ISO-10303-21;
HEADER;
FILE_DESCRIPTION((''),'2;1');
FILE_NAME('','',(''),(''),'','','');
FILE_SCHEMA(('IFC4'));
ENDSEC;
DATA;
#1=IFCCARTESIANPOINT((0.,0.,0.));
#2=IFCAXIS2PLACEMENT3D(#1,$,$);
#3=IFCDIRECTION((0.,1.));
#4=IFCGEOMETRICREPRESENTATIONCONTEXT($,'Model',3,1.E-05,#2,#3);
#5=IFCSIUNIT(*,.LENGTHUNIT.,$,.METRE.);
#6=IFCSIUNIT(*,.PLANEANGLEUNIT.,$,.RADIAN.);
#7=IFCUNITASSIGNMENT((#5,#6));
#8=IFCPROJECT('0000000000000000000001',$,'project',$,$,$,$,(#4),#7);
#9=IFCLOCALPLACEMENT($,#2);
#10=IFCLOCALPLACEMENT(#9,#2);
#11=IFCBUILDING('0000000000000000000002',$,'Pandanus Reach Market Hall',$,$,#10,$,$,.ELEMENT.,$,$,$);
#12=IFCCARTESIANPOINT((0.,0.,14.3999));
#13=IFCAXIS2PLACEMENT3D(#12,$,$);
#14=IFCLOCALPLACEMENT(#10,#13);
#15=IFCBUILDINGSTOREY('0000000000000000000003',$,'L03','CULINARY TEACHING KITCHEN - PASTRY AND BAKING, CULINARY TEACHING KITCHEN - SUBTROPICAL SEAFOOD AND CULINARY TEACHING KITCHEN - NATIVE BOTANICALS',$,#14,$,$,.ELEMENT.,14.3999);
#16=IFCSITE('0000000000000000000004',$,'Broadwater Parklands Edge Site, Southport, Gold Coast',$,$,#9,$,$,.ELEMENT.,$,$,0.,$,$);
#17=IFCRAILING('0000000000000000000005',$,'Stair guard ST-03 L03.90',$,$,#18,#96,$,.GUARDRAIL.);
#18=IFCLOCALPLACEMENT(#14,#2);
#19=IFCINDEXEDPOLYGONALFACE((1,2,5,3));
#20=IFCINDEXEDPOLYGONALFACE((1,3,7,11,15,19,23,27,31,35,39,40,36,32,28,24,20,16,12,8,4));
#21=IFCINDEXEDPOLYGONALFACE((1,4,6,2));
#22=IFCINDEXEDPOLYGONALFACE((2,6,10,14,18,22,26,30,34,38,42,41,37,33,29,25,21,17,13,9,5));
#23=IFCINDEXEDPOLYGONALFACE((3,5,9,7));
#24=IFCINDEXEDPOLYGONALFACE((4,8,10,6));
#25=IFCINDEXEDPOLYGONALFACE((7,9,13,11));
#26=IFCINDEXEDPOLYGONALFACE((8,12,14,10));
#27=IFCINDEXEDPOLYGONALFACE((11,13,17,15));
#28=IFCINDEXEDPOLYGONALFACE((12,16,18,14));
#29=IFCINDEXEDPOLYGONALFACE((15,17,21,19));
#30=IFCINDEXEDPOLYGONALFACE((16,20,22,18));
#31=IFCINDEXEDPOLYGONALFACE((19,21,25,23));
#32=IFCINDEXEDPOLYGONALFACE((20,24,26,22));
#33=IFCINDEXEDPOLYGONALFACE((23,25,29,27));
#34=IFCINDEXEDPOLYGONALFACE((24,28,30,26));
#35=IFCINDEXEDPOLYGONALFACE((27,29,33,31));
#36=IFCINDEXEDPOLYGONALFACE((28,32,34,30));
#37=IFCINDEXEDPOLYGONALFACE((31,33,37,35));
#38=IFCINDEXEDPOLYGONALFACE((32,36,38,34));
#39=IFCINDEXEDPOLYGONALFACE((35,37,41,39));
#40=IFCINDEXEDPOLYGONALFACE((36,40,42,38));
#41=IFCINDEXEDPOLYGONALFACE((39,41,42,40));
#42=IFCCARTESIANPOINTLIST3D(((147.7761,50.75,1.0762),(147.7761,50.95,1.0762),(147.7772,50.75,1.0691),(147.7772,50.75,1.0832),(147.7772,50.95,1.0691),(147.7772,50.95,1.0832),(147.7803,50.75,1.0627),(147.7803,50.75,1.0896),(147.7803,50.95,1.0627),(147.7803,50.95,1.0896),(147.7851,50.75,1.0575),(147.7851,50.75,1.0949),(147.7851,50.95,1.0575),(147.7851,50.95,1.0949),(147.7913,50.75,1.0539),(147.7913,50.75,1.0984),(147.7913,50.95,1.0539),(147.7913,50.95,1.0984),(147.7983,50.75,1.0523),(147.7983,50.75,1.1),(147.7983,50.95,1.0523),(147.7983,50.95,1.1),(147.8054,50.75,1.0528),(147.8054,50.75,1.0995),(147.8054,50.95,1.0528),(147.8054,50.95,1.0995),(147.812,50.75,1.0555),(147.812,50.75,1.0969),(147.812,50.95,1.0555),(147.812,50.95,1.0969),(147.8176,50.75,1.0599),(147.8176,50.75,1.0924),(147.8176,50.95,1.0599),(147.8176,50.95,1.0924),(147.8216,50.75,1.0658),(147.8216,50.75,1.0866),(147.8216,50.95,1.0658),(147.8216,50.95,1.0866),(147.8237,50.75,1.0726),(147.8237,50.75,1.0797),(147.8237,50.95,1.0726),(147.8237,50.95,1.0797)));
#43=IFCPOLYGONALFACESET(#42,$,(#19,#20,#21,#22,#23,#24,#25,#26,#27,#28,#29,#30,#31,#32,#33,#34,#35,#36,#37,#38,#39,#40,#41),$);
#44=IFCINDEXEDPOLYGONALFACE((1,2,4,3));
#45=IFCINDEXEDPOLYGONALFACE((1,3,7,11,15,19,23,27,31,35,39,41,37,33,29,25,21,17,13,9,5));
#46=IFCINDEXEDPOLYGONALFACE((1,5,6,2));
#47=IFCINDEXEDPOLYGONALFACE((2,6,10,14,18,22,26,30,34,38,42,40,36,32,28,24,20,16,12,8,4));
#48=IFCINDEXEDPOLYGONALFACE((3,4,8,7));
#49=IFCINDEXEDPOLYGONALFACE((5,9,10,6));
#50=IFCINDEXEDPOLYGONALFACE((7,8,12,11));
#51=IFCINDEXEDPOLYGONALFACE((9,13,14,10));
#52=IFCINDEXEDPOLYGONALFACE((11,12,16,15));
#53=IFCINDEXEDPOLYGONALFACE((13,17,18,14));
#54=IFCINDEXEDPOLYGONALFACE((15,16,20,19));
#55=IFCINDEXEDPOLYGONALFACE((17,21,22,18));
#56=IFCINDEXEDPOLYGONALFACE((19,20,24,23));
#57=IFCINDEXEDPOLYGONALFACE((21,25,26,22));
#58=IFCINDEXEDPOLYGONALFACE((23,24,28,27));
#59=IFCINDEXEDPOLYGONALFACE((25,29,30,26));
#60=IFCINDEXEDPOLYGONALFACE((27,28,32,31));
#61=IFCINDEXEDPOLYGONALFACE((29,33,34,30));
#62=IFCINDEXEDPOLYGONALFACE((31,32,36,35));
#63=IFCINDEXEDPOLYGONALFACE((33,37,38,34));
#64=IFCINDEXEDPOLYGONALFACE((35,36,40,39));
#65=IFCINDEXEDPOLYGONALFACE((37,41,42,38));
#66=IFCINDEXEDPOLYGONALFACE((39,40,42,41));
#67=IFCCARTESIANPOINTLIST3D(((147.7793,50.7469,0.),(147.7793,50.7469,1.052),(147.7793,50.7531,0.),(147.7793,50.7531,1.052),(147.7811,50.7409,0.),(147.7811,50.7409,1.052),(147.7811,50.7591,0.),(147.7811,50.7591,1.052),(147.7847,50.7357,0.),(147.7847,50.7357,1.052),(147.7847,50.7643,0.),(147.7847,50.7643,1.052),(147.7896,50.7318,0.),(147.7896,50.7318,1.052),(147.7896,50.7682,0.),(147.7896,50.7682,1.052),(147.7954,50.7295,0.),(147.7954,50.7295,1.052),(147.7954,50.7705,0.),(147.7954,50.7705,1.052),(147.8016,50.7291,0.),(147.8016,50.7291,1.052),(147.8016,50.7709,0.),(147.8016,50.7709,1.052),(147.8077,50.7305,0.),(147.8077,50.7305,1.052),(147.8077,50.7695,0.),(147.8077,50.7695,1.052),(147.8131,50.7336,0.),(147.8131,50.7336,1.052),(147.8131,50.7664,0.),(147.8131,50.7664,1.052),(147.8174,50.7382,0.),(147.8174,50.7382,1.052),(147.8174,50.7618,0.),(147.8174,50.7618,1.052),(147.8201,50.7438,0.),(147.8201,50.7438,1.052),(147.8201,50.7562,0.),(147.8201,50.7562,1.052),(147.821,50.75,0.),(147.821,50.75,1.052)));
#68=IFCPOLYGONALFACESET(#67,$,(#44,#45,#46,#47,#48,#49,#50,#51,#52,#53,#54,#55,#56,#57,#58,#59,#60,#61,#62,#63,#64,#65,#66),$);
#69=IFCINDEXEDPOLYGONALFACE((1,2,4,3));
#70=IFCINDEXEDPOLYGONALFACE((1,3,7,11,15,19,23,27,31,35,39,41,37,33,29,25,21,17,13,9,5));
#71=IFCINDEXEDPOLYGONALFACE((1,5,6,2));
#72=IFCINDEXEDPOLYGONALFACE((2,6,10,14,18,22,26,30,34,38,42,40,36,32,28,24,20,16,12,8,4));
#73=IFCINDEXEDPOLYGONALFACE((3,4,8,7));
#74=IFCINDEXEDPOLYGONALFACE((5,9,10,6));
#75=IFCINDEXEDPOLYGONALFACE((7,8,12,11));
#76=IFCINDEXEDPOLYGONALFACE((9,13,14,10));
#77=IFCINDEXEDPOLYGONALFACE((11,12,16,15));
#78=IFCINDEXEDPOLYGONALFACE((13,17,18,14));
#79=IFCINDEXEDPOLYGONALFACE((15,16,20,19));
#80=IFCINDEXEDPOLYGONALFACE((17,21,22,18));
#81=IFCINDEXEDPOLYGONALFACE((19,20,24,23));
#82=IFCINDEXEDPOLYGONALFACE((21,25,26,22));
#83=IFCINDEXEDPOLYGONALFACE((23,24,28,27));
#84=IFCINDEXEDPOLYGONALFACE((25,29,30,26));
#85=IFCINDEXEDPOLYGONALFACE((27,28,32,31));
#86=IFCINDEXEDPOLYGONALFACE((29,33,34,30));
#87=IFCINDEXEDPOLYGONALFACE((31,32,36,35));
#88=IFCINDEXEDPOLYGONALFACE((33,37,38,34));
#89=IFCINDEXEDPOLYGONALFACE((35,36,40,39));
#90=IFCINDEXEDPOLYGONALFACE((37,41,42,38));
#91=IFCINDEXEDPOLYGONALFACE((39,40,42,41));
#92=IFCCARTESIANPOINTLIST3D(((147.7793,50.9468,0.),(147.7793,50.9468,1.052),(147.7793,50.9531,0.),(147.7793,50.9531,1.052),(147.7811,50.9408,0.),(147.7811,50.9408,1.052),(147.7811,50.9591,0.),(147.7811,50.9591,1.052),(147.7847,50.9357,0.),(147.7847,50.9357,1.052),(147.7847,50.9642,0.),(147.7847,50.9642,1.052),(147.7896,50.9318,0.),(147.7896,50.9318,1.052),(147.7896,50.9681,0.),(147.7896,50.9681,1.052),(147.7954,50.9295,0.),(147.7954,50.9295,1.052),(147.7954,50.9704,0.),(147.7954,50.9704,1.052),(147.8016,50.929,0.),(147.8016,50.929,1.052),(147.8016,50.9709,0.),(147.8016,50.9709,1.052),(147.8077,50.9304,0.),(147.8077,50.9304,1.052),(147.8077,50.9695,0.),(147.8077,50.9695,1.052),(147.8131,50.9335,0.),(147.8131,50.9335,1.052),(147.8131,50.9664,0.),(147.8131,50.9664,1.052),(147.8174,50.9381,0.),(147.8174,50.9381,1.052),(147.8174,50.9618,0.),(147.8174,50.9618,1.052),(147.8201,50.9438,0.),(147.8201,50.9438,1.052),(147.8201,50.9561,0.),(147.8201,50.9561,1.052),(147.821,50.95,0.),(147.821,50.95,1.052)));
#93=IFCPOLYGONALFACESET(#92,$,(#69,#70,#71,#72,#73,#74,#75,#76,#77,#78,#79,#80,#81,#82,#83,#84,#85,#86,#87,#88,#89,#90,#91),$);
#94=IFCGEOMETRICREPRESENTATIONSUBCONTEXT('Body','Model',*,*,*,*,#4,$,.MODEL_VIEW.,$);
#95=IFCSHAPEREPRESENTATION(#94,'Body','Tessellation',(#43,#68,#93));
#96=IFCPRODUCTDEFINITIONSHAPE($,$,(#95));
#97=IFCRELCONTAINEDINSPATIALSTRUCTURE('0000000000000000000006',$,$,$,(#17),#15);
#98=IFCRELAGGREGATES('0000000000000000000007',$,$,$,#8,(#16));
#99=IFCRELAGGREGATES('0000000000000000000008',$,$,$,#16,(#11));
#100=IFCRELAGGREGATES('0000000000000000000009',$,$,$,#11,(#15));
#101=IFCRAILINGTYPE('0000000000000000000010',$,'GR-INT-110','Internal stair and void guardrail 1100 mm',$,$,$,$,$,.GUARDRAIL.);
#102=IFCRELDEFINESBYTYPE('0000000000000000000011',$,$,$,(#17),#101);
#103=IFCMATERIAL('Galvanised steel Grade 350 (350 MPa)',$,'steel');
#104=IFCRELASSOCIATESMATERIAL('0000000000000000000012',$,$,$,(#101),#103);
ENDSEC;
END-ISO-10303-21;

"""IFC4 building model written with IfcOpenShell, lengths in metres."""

from ifc_helpers import new_model, si_unit, direction, frame, origin, origin_2d, place, context, subcontext, project, spatial, circle, extrude, material, type_object, element, save


model = new_model("IFC4")

# Units and contexts
model_context = context("Model", 3, precision=1e-05, world=origin(), true_north=direction((0.0, 1.0)))
body_context = subcontext(model_context, "Body", "Model", "MODEL_VIEW")
ifc_project = project(units=[si_unit("LENGTHUNIT", "METRE"), si_unit("PLANEANGLEUNIT", "RADIAN")], contexts=[model_context])

# Site, building, storey
site_placement = place(None, origin())
site = spatial("IfcSite", under=ifc_project, at=site_placement, Name="Broadwater Parklands Edge Site, Southport, Gold Coast", CompositionType="ELEMENT", RefElevation=0.0)
building_placement = place(site_placement, origin())
building = spatial("IfcBuilding", under=site, at=building_placement, Name="Pandanus Reach Market Hall", CompositionType="ELEMENT")
storey_placement = place(building_placement, frame((0.0, 0.0, 14.3999)))
storey = spatial("IfcBuildingStorey", under=building, at=storey_placement, Name="L03", Description="CULINARY TEACHING KITCHEN - PASTRY AND BAKING, CULINARY TEACHING KITCHEN - SUBTROPICAL SEAFOOD AND CULINARY TEACHING KITCHEN - NATIVE BOTANICALS", CompositionType="ELEMENT", Elevation=14.3999)

# Railing
ifc_material_1 = material(Name="Galvanised steel Grade 350 (350 MPa)", Category="steel")
railing_type_1 = type_object("IfcRailingType", Name="GR-INT-110", Description="Internal stair and void guardrail 1100 mm", PredefinedType="GUARDRAIL", material=ifc_material_1)
railing_1_placement = place(storey_placement, frame((147.8, 50.75, 0.0)))
element("IfcRailing", 1, at=railing_1_placement, inside=storey, type_object=railing_type_1, Name="Stair guard ST-03 L03.90", PredefinedType="GUARDRAIL", context=body_context, shape_type="SweptSolid", body=[
    extrude(circle(Radius=0.0239, at=origin_2d()), frame((0.0, 0.0, 1.0762), z_axis=(0.0, 1.0, 0.0), x_axis=(-1.0, 0.0, 0.0)), (0.0, 0.0, 1.0), 0.2),
    extrude(circle(Radius=0.021, at=origin_2d()), origin(), (0.0, 0.0, 1.0), 1.052),
    extrude(circle(Radius=0.021, at=origin_2d()), frame((0.0, 0.2, 0.0)), (0.0, 0.0, 1.0), 1.052),
])

save(model, "model.ifc")
